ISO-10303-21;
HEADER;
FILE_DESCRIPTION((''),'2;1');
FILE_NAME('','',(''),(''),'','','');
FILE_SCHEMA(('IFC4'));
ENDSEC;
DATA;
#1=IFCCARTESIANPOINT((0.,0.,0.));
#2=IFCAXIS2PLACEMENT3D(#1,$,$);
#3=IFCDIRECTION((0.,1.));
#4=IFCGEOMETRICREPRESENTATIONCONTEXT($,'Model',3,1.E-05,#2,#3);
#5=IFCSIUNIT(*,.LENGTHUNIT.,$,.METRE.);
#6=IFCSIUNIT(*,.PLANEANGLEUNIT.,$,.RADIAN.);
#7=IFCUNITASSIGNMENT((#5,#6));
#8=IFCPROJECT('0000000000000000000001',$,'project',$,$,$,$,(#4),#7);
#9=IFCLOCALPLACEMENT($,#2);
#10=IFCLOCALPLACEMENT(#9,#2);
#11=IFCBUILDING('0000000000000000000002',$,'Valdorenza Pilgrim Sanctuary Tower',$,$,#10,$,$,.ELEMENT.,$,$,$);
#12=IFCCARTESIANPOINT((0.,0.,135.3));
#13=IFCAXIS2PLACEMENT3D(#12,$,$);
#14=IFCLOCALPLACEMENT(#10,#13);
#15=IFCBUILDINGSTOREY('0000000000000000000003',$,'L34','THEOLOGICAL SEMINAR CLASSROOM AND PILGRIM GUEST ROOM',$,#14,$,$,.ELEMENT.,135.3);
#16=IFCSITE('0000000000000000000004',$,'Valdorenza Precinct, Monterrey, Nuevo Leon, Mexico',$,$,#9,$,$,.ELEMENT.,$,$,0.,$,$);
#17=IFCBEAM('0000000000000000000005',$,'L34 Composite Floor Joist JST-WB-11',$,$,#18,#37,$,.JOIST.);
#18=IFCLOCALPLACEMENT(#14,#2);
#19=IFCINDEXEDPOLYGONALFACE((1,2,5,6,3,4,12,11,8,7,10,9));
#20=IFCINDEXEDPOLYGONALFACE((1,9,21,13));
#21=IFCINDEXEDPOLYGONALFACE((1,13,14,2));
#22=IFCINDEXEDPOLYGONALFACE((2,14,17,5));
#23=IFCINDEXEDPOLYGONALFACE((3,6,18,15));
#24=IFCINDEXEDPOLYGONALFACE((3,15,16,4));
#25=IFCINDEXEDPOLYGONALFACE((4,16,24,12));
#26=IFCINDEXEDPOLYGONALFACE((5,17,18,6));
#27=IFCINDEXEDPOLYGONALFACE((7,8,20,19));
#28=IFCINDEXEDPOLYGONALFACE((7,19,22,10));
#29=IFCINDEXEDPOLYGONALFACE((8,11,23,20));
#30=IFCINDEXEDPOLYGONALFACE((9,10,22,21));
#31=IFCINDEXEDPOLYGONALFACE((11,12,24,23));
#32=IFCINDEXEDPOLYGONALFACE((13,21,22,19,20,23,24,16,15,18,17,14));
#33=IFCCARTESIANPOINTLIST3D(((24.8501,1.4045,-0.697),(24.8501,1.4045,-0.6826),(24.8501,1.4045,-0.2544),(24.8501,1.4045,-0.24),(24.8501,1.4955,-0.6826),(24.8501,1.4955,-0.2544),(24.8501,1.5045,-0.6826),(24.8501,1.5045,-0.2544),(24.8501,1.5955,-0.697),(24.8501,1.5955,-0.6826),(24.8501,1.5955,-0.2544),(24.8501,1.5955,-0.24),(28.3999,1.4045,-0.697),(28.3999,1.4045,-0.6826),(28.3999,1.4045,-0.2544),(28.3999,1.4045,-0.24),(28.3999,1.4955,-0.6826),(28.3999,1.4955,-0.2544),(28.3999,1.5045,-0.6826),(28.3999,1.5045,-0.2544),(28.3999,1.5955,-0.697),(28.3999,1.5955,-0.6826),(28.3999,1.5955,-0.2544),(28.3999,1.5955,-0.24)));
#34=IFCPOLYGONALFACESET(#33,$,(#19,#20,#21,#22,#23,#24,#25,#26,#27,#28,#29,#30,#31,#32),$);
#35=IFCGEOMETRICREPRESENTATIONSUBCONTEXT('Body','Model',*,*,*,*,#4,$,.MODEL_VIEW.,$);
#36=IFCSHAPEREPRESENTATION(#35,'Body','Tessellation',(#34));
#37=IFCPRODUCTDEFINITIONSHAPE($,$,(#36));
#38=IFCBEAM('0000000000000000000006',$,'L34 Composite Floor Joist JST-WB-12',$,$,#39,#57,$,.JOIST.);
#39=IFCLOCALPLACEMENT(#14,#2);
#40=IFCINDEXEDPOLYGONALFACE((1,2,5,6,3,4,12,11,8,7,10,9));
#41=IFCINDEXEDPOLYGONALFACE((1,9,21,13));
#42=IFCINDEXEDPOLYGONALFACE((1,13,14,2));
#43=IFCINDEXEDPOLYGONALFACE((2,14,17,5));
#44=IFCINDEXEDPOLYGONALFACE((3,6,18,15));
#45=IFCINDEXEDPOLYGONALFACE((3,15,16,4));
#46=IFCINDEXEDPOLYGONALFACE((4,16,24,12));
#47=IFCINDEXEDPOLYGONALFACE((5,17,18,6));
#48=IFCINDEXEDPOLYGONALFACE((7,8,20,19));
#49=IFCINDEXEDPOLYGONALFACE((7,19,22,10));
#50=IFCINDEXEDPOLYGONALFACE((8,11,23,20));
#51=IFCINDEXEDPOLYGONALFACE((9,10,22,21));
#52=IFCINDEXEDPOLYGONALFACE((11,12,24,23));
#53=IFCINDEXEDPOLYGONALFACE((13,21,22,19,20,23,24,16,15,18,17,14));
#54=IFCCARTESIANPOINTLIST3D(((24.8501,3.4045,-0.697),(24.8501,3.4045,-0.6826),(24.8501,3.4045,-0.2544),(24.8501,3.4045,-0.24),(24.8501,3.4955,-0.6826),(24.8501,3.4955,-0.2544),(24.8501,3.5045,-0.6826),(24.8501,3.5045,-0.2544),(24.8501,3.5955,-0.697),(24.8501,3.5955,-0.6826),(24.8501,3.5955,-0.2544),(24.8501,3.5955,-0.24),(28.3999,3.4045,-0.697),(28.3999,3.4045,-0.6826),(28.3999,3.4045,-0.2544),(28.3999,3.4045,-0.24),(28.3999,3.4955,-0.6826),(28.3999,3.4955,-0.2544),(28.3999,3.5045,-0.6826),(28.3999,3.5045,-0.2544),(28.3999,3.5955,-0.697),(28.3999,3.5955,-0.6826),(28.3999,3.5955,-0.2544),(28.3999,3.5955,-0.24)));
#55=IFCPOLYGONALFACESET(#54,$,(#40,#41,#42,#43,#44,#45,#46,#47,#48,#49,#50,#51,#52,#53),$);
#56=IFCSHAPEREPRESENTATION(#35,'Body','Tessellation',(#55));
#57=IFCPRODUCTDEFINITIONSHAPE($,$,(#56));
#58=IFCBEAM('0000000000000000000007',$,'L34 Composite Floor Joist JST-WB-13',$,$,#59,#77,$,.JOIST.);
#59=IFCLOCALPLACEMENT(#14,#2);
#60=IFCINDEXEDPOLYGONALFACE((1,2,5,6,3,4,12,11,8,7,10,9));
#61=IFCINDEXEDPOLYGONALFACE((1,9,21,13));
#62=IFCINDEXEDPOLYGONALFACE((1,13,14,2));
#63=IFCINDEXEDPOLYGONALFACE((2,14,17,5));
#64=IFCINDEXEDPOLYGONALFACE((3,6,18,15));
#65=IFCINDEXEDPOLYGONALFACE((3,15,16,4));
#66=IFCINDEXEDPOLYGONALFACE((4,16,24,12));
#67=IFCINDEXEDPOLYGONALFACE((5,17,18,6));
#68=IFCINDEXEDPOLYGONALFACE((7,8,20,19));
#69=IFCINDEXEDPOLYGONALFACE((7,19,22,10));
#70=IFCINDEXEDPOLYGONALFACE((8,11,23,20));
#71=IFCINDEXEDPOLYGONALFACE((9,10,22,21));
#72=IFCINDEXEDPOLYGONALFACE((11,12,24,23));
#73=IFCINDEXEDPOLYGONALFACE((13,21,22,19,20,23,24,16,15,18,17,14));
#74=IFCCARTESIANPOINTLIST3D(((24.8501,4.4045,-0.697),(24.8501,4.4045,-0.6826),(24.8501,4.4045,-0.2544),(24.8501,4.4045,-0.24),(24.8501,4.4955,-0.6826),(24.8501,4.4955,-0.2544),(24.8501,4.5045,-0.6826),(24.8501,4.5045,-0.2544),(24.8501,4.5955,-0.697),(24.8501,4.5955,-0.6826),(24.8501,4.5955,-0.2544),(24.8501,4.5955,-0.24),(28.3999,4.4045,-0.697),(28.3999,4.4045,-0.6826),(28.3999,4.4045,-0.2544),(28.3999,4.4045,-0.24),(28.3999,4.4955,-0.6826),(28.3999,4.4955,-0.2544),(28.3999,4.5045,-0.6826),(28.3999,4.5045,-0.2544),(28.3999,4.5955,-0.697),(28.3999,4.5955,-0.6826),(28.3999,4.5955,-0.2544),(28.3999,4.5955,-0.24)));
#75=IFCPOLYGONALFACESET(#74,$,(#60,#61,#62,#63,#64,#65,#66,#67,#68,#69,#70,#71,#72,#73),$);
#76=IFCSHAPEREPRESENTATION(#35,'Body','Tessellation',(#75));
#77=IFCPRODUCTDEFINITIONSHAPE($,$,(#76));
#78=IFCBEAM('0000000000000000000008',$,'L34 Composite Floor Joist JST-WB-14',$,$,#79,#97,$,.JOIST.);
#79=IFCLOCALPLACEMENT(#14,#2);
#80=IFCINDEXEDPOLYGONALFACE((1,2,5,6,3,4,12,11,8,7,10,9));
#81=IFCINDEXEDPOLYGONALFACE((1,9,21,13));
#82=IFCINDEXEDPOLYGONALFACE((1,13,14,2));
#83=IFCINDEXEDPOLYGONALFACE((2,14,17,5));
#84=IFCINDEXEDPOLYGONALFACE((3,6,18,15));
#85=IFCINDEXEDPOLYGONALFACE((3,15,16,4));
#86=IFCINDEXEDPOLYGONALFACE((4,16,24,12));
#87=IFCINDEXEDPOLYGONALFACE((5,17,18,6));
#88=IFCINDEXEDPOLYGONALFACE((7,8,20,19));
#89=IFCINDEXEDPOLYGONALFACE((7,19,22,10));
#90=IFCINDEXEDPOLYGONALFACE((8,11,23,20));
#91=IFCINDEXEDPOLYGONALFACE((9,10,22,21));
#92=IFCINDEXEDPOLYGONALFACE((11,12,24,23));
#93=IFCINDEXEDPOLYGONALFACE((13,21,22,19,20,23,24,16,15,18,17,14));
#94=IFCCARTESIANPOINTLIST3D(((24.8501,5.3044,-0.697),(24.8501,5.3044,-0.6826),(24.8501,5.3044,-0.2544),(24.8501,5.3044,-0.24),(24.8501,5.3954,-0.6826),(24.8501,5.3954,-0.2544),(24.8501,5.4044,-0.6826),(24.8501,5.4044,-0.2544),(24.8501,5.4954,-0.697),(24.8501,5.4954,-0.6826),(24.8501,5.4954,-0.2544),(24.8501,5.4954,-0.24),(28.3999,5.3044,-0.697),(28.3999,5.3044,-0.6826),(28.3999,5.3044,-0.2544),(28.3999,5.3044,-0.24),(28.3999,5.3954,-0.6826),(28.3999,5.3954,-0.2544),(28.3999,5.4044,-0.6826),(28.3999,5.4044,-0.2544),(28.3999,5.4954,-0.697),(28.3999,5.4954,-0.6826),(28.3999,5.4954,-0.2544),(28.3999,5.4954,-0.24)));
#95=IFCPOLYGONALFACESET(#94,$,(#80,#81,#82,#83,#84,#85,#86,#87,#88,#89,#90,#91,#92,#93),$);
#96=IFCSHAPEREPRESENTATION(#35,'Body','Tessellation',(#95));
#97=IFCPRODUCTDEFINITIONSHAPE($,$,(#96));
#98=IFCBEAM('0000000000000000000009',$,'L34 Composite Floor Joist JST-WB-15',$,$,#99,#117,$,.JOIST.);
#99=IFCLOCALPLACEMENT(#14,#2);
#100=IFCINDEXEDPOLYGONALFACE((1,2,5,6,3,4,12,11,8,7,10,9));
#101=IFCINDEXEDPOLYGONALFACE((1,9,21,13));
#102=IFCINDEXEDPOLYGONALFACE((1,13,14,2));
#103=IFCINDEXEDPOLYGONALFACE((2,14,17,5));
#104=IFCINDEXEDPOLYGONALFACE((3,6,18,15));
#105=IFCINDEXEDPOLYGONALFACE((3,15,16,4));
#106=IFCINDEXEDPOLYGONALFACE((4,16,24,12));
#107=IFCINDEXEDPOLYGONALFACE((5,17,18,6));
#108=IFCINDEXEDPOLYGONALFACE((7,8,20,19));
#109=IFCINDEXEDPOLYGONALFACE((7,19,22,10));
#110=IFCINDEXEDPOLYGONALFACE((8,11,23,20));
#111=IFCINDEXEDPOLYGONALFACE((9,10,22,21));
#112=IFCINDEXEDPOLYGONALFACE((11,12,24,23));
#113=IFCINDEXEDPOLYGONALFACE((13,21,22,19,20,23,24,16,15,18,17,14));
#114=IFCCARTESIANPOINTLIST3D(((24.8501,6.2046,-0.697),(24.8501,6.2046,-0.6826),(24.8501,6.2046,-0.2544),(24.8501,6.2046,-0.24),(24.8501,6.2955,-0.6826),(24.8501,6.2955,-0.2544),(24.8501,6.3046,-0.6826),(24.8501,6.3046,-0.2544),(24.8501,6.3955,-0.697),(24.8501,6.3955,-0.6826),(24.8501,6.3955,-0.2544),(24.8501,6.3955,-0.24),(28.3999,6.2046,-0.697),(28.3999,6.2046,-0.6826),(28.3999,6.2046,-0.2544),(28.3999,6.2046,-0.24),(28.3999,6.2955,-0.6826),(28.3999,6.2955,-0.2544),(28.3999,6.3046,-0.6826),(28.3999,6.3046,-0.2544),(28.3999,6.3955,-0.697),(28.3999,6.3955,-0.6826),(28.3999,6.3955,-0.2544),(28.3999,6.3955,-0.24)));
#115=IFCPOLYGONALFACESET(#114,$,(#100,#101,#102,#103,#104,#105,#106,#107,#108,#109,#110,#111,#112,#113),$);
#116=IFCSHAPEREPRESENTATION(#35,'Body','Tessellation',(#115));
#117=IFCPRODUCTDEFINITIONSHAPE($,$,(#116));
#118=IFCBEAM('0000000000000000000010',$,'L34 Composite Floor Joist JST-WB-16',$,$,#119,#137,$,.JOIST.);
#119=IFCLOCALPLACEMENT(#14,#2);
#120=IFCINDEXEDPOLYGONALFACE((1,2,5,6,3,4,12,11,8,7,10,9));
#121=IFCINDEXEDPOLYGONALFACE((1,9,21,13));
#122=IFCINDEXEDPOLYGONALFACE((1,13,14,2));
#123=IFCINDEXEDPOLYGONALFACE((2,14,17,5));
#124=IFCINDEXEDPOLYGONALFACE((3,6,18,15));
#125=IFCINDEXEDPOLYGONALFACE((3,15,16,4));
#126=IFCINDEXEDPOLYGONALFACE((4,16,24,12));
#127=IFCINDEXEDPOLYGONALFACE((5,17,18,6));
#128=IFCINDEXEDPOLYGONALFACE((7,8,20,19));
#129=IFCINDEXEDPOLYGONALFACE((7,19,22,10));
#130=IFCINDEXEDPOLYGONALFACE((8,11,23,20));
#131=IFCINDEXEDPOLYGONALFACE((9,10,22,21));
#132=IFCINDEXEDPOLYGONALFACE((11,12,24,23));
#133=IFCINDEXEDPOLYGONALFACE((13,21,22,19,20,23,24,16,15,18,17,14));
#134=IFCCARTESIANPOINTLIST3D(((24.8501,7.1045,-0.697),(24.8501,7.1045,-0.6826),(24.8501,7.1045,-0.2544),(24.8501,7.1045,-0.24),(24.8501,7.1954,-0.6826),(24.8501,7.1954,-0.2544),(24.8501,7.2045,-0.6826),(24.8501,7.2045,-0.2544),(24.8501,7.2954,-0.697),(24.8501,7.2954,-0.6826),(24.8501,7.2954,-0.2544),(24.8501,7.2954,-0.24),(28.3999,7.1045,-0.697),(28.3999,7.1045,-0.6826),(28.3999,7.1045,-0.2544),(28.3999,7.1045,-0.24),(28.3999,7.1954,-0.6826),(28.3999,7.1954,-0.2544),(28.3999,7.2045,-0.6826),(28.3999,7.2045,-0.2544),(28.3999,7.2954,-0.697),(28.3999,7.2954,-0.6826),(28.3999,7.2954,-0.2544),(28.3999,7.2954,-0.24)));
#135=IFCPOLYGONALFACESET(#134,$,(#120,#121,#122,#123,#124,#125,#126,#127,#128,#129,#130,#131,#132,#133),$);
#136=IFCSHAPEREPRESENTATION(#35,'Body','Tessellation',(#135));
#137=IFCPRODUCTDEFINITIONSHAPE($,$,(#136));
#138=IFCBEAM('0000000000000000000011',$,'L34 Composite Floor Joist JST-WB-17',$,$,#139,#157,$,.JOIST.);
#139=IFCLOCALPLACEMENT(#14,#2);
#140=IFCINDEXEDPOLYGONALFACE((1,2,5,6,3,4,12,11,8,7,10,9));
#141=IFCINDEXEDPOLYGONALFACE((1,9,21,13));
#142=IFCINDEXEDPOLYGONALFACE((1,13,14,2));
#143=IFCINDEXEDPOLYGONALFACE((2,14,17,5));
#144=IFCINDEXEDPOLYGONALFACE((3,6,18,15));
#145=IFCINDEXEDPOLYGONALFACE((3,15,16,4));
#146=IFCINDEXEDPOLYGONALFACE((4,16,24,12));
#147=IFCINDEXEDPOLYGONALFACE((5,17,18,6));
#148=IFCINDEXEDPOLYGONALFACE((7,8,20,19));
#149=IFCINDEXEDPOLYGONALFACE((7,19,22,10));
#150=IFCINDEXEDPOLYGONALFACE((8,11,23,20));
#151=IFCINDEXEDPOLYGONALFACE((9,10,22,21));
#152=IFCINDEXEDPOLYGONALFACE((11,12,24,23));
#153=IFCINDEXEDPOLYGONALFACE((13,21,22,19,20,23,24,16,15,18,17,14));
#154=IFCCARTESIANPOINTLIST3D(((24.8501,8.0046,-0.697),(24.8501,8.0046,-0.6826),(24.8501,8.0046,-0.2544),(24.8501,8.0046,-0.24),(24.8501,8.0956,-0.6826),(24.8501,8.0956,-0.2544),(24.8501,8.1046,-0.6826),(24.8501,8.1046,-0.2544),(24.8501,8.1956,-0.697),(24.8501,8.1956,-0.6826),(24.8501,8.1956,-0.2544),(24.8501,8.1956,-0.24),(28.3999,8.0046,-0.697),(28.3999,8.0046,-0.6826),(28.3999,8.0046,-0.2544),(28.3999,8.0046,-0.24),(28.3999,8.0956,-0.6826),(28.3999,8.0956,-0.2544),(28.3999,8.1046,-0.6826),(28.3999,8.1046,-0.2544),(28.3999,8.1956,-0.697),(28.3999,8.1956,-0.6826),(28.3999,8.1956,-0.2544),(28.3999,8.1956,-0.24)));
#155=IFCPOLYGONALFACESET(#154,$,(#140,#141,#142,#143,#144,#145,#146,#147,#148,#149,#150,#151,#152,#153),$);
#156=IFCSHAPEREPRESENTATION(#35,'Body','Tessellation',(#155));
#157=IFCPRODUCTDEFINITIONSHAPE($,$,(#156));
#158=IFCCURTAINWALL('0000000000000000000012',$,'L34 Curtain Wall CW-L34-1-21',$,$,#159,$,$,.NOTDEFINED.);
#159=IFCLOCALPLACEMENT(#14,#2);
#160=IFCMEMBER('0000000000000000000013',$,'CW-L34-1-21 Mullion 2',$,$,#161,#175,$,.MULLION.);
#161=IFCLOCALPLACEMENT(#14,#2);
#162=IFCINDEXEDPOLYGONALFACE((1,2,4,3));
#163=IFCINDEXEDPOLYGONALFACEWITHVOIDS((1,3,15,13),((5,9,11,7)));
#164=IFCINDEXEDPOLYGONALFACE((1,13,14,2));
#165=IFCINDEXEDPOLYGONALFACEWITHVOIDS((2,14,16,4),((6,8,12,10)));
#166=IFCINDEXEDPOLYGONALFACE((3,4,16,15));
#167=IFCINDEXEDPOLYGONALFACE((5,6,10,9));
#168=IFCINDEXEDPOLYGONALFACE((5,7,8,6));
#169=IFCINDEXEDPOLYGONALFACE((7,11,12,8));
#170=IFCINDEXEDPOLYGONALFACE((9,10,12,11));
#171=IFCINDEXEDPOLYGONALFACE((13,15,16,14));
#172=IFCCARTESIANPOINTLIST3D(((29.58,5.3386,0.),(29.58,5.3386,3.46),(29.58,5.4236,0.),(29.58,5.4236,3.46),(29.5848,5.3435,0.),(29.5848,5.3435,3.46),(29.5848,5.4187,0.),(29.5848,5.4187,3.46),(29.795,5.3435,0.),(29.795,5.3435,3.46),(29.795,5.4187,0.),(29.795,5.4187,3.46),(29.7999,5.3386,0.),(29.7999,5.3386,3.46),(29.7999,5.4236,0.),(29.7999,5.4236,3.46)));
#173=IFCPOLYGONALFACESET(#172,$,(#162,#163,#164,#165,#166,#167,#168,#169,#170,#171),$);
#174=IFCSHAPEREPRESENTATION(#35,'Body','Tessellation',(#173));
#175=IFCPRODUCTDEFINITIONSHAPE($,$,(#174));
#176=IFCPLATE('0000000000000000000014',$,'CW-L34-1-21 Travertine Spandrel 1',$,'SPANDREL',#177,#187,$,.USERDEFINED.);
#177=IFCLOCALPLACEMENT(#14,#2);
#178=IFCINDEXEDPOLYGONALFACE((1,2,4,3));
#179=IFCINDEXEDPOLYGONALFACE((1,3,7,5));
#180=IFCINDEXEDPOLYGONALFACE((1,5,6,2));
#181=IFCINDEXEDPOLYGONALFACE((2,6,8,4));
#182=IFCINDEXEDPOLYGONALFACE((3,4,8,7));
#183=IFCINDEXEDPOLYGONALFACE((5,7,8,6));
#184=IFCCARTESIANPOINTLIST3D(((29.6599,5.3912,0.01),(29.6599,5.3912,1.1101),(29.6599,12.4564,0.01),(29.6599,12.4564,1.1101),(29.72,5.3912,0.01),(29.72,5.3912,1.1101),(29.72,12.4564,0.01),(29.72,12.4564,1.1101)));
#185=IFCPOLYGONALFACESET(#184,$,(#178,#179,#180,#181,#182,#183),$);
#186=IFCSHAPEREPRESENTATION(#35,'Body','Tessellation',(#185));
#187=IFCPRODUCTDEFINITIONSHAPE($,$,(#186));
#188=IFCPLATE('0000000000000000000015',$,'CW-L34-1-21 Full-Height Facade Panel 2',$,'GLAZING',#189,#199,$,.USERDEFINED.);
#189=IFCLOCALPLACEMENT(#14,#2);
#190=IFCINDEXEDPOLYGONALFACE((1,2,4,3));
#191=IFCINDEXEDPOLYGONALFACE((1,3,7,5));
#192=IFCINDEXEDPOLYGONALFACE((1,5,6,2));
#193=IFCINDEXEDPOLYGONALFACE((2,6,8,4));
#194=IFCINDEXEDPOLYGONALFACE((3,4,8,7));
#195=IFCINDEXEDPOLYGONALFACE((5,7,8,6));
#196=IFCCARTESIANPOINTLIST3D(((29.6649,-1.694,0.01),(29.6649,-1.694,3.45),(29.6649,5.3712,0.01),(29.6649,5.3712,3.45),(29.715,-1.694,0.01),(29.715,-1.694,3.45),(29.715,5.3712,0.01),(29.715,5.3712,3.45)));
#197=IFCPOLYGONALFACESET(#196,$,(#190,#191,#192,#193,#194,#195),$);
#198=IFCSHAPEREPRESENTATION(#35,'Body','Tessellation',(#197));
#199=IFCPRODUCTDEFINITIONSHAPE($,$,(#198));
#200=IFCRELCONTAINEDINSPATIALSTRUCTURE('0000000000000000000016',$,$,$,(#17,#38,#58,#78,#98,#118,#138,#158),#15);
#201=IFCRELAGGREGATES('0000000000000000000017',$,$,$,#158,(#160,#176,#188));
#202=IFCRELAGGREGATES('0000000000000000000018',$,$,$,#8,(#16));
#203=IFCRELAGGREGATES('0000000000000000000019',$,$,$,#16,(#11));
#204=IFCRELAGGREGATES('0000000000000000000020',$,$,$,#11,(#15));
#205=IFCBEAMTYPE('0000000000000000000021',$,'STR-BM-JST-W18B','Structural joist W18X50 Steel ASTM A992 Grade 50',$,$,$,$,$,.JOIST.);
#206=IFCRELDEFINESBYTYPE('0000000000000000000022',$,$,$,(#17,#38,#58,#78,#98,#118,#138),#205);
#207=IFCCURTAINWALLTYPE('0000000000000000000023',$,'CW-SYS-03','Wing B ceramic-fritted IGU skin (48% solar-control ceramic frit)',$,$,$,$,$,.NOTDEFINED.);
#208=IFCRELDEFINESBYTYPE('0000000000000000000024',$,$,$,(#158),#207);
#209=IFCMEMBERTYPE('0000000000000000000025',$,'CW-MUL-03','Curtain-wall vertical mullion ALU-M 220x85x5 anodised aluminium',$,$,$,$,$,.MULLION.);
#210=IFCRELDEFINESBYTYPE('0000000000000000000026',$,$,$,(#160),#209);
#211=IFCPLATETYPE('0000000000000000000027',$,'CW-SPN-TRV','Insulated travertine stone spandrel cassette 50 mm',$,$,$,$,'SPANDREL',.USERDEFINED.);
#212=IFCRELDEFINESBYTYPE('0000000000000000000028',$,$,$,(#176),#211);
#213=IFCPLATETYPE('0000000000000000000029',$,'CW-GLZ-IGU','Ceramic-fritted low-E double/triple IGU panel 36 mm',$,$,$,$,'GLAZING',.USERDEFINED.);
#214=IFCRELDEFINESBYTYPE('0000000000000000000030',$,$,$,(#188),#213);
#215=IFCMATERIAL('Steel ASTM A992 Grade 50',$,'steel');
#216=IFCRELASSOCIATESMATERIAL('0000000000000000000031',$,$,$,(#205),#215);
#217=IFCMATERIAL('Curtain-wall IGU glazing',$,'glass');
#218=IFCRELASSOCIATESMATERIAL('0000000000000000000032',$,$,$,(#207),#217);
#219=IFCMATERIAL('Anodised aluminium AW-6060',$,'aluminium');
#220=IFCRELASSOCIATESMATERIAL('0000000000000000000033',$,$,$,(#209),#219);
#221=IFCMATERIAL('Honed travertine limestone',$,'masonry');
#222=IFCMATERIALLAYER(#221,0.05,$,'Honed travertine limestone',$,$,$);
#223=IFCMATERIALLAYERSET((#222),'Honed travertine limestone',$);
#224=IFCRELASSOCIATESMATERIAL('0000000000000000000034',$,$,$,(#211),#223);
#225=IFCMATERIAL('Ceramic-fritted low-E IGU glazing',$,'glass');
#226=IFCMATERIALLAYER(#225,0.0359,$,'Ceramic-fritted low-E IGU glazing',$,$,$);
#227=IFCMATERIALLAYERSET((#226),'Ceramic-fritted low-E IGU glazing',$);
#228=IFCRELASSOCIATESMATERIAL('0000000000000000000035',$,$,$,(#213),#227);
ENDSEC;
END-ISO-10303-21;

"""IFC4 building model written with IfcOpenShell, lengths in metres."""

from ifc_helpers import new_model, si_unit, direction, frame, origin, origin_2d, place, context, subcontext, project, spatial, rectangle, hollow_rectangle, i_section, extrude, source, transform, mapped, material, layer, layer_set, material_profile, profile_set, type_object, element, aggregate, save


model = new_model("IFC4")

# Units and contexts
model_context = context("Model", 3, precision=1e-05, world=origin(), true_north=direction((0.0, 1.0)))
body_context = subcontext(model_context, "Body", "Model", "MODEL_VIEW")
ifc_project = project(units=[si_unit("LENGTHUNIT", "METRE"), si_unit("PLANEANGLEUNIT", "RADIAN")], contexts=[model_context])

# Site, building, storey
site_placement = place(None, origin())
site = spatial("IfcSite", under=ifc_project, at=site_placement, Name="Valdorenza Precinct, Monterrey, Nuevo Leon, Mexico", CompositionType="ELEMENT", RefElevation=0.0)
building_placement = place(site_placement, origin())
building = spatial("IfcBuilding", under=site, at=building_placement, Name="Valdorenza Pilgrim Sanctuary Tower", CompositionType="ELEMENT")
storey_placement = place(building_placement, frame((0.0, 0.0, 135.3)))
storey = spatial("IfcBuildingStorey", under=building, at=storey_placement, Name="L34", Description="THEOLOGICAL SEMINAR CLASSROOM AND PILGRIM GUEST ROOM", CompositionType="ELEMENT", Elevation=135.3)

# Beams
ifc_material_1 = material(Name="Steel ASTM A992 Grade 50", Category="steel")
ifc_material_profile_1 = material_profile(ifc_material_1, i_section(OverallWidth=0.1909, OverallDepth=0.457, WebThickness=0.009, FlangeThickness=0.0144, at=origin_2d()), Name="W18X50")
ifc_profile_set_1 = profile_set([ifc_material_profile_1], Name="Steel ASTM A992 Grade 50")
beam_type = type_object("IfcBeamType", Name="STR-BM-JST-W18B", Description="Structural joist W18X50 Steel ASTM A992 Grade 50", PredefinedType="JOIST", material=ifc_profile_set_1)
shared_shape_1 = source(origin(), body_context, "Body", "SweptSolid", [
    extrude(i_section(OverallWidth=0.1909, OverallDepth=0.457, WebThickness=0.009, FlangeThickness=0.0144, at=origin_2d()), origin(), (0.0, 0.0, 1.0), 3.5498),
])
for number, where, z_axis, x_axis, name in (
    (1, (24.8501, 1.5, -0.4685), (1.0, 0.0, 0.0), (0.0, 1.0, 0.0), "L34 Composite Floor Joist JST-WB-11"),
    (2, (24.8501, 3.5, -0.4685), (1.0, 0.0, 0.0), (0.0, 1.0, 0.0), "L34 Composite Floor Joist JST-WB-12"),
    (3, (24.8501, 4.5, -0.4685), (1.0, 0.0, 0.0), (0.0, 1.0, 0.0), "L34 Composite Floor Joist JST-WB-13"),
    (4, (24.8501, 5.3999, -0.4685), (1.0, 0.0, 0.0), (0.0, 1.0, 0.0), "L34 Composite Floor Joist JST-WB-14"),
    (5, (24.8501, 6.3, -0.4685), (1.0, 0.0, 0.0), (0.0, 1.0, 0.0), "L34 Composite Floor Joist JST-WB-15"),
    (6, (24.8501, 7.2, -0.4685), (1.0, 0.0, 0.0), (0.0, 1.0, 0.0), "L34 Composite Floor Joist JST-WB-16"),
    (7, (24.8501, 8.1001, -0.4685), (1.0, 0.0, 0.0), (0.0, 1.0, 0.0), "L34 Composite Floor Joist JST-WB-17"),
):
    element("IfcBeam", number, at=place(storey_placement, frame(where, z_axis=z_axis, x_axis=x_axis)), inside=storey, type_object=beam_type, Name=name, PredefinedType="JOIST", context=body_context, shape_type="MappedRepresentation", body=[
        mapped(shared_shape_1, transform((0.0, 0.0, 0.0), x_axis=(1.0, 0.0, 0.0), y_axis=(0.0, 1.0, 0.0), z_axis=(0.0, 0.0, 1.0), scale=1.0)),
    ])

# Curtain wall, member, plates
ifc_material_2 = material(Name="Curtain-wall IGU glazing", Category="glass")
curtain_wall_type = type_object("IfcCurtainWallType", Name="CW-SYS-03", Description="Wing B ceramic-fritted IGU skin (48% solar-control ceramic frit)", PredefinedType="NOTDEFINED", material=ifc_material_2)
curtain_wall_placement = place(storey_placement, origin())
curtain_wall = element("IfcCurtainWall", 8, at=curtain_wall_placement, inside=storey, type_object=curtain_wall_type, Name="L34 Curtain Wall CW-L34-1-21", PredefinedType="NOTDEFINED")
ifc_material_3 = material(Name="Anodised aluminium AW-6060", Category="aluminium")
ifc_material_profile_2 = material_profile(ifc_material_3, hollow_rectangle(XDim=0.085, YDim=0.22, WallThickness=0.0049, at=origin_2d()), Name="ALU-M 220x85x5")
ifc_profile_set_2 = profile_set([ifc_material_profile_2], Name="Anodised aluminium AW-6060")
member_type = type_object("IfcMemberType", Name="CW-MUL-03", Description="Curtain-wall vertical mullion ALU-M 220x85x5 anodised aluminium", PredefinedType="MULLION", material=ifc_profile_set_2)
shared_shape_2 = source(origin(), body_context, "Body", "SweptSolid", [
    extrude(hollow_rectangle(XDim=0.085, YDim=0.22, WallThickness=0.0049, at=origin_2d()), origin(), (0.0, 0.0, 1.0), 3.46),
])
member_placement = place(storey_placement, frame((29.6899, 5.3811, 0.0), z_axis=(0.0, 0.0, 1.0), x_axis=(0.0, -1.0, 0.0)))
member = element("IfcMember", 9, at=member_placement, type_object=member_type, Name="CW-L34-1-21 Mullion 2", PredefinedType="MULLION", context=body_context, shape_type="MappedRepresentation", body=[
    mapped(shared_shape_2, transform((0.0, 0.0, 0.0), x_axis=(1.0, 0.0, 0.0), y_axis=(0.0, 1.0, 0.0), z_axis=(0.0, 0.0, 1.0), scale=1.0)),
])
ifc_material_4 = material(Name="Honed travertine limestone", Category="masonry")
ifc_layer_1 = layer(ifc_material_4, 0.05, Name="Honed travertine limestone")
ifc_layer_set_1 = layer_set([ifc_layer_1], Name="Honed travertine limestone")
plate_type_1 = type_object("IfcPlateType", Name="CW-SPN-TRV", Description="Insulated travertine stone spandrel cassette 50 mm", ElementType="SPANDREL", PredefinedType="USERDEFINED", material=ifc_layer_set_1)
shared_shape_3 = source(origin(), body_context, "Body", "SweptSolid", [
    extrude(rectangle(XDim=7.0652, YDim=0.0601, at=origin_2d()), origin(), (0.0, 0.0, 1.0), 1.1001),
])
plate_1_placement = place(storey_placement, frame((29.6899, 8.9238, 0.01), z_axis=(0.0, 0.0, 1.0), x_axis=(0.0, -1.0, 0.0)))
plate_1 = element("IfcPlate", 10, at=plate_1_placement, type_object=plate_type_1, Name="CW-L34-1-21 Travertine Spandrel 1", ObjectType="SPANDREL", PredefinedType="USERDEFINED", context=body_context, shape_type="MappedRepresentation", body=[
    mapped(shared_shape_3, transform((0.0, 0.0, 0.0), x_axis=(1.0, 0.0, 0.0), y_axis=(0.0, 1.0, 0.0), z_axis=(0.0, 0.0, 1.0), scale=1.0)),
])
ifc_material_5 = material(Name="Ceramic-fritted low-E IGU glazing", Category="glass")
ifc_layer_2 = layer(ifc_material_5, 0.0359, Name="Ceramic-fritted low-E IGU glazing")
ifc_layer_set_2 = layer_set([ifc_layer_2], Name="Ceramic-fritted low-E IGU glazing")
plate_type_2 = type_object("IfcPlateType", Name="CW-GLZ-IGU", Description="Ceramic-fritted low-E double/triple IGU panel 36 mm", ElementType="GLAZING", PredefinedType="USERDEFINED", material=ifc_layer_set_2)
shared_shape_4 = source(origin(), body_context, "Body", "SweptSolid", [
    extrude(rectangle(XDim=7.0652, YDim=0.05, at=origin_2d()), origin(), (0.0, 0.0, 1.0), 3.4399),
])
plate_2_placement = place(storey_placement, frame((29.6899, 1.8386, 0.01), z_axis=(0.0, 0.0, 1.0), x_axis=(0.0, -1.0, 0.0)))
plate_2 = element("IfcPlate", 11, at=plate_2_placement, type_object=plate_type_2, Name="CW-L34-1-21 Full-Height Facade Panel 2", ObjectType="GLAZING", PredefinedType="USERDEFINED", context=body_context, shape_type="MappedRepresentation", body=[
    mapped(shared_shape_4, transform((0.0, 0.0, 0.0), x_axis=(1.0, 0.0, 0.0), y_axis=(0.0, 1.0, 0.0), z_axis=(0.0, 0.0, 1.0), scale=1.0)),
])
aggregate(curtain_wall, [member, plate_1, plate_2])

save(model, "model.ifc")
